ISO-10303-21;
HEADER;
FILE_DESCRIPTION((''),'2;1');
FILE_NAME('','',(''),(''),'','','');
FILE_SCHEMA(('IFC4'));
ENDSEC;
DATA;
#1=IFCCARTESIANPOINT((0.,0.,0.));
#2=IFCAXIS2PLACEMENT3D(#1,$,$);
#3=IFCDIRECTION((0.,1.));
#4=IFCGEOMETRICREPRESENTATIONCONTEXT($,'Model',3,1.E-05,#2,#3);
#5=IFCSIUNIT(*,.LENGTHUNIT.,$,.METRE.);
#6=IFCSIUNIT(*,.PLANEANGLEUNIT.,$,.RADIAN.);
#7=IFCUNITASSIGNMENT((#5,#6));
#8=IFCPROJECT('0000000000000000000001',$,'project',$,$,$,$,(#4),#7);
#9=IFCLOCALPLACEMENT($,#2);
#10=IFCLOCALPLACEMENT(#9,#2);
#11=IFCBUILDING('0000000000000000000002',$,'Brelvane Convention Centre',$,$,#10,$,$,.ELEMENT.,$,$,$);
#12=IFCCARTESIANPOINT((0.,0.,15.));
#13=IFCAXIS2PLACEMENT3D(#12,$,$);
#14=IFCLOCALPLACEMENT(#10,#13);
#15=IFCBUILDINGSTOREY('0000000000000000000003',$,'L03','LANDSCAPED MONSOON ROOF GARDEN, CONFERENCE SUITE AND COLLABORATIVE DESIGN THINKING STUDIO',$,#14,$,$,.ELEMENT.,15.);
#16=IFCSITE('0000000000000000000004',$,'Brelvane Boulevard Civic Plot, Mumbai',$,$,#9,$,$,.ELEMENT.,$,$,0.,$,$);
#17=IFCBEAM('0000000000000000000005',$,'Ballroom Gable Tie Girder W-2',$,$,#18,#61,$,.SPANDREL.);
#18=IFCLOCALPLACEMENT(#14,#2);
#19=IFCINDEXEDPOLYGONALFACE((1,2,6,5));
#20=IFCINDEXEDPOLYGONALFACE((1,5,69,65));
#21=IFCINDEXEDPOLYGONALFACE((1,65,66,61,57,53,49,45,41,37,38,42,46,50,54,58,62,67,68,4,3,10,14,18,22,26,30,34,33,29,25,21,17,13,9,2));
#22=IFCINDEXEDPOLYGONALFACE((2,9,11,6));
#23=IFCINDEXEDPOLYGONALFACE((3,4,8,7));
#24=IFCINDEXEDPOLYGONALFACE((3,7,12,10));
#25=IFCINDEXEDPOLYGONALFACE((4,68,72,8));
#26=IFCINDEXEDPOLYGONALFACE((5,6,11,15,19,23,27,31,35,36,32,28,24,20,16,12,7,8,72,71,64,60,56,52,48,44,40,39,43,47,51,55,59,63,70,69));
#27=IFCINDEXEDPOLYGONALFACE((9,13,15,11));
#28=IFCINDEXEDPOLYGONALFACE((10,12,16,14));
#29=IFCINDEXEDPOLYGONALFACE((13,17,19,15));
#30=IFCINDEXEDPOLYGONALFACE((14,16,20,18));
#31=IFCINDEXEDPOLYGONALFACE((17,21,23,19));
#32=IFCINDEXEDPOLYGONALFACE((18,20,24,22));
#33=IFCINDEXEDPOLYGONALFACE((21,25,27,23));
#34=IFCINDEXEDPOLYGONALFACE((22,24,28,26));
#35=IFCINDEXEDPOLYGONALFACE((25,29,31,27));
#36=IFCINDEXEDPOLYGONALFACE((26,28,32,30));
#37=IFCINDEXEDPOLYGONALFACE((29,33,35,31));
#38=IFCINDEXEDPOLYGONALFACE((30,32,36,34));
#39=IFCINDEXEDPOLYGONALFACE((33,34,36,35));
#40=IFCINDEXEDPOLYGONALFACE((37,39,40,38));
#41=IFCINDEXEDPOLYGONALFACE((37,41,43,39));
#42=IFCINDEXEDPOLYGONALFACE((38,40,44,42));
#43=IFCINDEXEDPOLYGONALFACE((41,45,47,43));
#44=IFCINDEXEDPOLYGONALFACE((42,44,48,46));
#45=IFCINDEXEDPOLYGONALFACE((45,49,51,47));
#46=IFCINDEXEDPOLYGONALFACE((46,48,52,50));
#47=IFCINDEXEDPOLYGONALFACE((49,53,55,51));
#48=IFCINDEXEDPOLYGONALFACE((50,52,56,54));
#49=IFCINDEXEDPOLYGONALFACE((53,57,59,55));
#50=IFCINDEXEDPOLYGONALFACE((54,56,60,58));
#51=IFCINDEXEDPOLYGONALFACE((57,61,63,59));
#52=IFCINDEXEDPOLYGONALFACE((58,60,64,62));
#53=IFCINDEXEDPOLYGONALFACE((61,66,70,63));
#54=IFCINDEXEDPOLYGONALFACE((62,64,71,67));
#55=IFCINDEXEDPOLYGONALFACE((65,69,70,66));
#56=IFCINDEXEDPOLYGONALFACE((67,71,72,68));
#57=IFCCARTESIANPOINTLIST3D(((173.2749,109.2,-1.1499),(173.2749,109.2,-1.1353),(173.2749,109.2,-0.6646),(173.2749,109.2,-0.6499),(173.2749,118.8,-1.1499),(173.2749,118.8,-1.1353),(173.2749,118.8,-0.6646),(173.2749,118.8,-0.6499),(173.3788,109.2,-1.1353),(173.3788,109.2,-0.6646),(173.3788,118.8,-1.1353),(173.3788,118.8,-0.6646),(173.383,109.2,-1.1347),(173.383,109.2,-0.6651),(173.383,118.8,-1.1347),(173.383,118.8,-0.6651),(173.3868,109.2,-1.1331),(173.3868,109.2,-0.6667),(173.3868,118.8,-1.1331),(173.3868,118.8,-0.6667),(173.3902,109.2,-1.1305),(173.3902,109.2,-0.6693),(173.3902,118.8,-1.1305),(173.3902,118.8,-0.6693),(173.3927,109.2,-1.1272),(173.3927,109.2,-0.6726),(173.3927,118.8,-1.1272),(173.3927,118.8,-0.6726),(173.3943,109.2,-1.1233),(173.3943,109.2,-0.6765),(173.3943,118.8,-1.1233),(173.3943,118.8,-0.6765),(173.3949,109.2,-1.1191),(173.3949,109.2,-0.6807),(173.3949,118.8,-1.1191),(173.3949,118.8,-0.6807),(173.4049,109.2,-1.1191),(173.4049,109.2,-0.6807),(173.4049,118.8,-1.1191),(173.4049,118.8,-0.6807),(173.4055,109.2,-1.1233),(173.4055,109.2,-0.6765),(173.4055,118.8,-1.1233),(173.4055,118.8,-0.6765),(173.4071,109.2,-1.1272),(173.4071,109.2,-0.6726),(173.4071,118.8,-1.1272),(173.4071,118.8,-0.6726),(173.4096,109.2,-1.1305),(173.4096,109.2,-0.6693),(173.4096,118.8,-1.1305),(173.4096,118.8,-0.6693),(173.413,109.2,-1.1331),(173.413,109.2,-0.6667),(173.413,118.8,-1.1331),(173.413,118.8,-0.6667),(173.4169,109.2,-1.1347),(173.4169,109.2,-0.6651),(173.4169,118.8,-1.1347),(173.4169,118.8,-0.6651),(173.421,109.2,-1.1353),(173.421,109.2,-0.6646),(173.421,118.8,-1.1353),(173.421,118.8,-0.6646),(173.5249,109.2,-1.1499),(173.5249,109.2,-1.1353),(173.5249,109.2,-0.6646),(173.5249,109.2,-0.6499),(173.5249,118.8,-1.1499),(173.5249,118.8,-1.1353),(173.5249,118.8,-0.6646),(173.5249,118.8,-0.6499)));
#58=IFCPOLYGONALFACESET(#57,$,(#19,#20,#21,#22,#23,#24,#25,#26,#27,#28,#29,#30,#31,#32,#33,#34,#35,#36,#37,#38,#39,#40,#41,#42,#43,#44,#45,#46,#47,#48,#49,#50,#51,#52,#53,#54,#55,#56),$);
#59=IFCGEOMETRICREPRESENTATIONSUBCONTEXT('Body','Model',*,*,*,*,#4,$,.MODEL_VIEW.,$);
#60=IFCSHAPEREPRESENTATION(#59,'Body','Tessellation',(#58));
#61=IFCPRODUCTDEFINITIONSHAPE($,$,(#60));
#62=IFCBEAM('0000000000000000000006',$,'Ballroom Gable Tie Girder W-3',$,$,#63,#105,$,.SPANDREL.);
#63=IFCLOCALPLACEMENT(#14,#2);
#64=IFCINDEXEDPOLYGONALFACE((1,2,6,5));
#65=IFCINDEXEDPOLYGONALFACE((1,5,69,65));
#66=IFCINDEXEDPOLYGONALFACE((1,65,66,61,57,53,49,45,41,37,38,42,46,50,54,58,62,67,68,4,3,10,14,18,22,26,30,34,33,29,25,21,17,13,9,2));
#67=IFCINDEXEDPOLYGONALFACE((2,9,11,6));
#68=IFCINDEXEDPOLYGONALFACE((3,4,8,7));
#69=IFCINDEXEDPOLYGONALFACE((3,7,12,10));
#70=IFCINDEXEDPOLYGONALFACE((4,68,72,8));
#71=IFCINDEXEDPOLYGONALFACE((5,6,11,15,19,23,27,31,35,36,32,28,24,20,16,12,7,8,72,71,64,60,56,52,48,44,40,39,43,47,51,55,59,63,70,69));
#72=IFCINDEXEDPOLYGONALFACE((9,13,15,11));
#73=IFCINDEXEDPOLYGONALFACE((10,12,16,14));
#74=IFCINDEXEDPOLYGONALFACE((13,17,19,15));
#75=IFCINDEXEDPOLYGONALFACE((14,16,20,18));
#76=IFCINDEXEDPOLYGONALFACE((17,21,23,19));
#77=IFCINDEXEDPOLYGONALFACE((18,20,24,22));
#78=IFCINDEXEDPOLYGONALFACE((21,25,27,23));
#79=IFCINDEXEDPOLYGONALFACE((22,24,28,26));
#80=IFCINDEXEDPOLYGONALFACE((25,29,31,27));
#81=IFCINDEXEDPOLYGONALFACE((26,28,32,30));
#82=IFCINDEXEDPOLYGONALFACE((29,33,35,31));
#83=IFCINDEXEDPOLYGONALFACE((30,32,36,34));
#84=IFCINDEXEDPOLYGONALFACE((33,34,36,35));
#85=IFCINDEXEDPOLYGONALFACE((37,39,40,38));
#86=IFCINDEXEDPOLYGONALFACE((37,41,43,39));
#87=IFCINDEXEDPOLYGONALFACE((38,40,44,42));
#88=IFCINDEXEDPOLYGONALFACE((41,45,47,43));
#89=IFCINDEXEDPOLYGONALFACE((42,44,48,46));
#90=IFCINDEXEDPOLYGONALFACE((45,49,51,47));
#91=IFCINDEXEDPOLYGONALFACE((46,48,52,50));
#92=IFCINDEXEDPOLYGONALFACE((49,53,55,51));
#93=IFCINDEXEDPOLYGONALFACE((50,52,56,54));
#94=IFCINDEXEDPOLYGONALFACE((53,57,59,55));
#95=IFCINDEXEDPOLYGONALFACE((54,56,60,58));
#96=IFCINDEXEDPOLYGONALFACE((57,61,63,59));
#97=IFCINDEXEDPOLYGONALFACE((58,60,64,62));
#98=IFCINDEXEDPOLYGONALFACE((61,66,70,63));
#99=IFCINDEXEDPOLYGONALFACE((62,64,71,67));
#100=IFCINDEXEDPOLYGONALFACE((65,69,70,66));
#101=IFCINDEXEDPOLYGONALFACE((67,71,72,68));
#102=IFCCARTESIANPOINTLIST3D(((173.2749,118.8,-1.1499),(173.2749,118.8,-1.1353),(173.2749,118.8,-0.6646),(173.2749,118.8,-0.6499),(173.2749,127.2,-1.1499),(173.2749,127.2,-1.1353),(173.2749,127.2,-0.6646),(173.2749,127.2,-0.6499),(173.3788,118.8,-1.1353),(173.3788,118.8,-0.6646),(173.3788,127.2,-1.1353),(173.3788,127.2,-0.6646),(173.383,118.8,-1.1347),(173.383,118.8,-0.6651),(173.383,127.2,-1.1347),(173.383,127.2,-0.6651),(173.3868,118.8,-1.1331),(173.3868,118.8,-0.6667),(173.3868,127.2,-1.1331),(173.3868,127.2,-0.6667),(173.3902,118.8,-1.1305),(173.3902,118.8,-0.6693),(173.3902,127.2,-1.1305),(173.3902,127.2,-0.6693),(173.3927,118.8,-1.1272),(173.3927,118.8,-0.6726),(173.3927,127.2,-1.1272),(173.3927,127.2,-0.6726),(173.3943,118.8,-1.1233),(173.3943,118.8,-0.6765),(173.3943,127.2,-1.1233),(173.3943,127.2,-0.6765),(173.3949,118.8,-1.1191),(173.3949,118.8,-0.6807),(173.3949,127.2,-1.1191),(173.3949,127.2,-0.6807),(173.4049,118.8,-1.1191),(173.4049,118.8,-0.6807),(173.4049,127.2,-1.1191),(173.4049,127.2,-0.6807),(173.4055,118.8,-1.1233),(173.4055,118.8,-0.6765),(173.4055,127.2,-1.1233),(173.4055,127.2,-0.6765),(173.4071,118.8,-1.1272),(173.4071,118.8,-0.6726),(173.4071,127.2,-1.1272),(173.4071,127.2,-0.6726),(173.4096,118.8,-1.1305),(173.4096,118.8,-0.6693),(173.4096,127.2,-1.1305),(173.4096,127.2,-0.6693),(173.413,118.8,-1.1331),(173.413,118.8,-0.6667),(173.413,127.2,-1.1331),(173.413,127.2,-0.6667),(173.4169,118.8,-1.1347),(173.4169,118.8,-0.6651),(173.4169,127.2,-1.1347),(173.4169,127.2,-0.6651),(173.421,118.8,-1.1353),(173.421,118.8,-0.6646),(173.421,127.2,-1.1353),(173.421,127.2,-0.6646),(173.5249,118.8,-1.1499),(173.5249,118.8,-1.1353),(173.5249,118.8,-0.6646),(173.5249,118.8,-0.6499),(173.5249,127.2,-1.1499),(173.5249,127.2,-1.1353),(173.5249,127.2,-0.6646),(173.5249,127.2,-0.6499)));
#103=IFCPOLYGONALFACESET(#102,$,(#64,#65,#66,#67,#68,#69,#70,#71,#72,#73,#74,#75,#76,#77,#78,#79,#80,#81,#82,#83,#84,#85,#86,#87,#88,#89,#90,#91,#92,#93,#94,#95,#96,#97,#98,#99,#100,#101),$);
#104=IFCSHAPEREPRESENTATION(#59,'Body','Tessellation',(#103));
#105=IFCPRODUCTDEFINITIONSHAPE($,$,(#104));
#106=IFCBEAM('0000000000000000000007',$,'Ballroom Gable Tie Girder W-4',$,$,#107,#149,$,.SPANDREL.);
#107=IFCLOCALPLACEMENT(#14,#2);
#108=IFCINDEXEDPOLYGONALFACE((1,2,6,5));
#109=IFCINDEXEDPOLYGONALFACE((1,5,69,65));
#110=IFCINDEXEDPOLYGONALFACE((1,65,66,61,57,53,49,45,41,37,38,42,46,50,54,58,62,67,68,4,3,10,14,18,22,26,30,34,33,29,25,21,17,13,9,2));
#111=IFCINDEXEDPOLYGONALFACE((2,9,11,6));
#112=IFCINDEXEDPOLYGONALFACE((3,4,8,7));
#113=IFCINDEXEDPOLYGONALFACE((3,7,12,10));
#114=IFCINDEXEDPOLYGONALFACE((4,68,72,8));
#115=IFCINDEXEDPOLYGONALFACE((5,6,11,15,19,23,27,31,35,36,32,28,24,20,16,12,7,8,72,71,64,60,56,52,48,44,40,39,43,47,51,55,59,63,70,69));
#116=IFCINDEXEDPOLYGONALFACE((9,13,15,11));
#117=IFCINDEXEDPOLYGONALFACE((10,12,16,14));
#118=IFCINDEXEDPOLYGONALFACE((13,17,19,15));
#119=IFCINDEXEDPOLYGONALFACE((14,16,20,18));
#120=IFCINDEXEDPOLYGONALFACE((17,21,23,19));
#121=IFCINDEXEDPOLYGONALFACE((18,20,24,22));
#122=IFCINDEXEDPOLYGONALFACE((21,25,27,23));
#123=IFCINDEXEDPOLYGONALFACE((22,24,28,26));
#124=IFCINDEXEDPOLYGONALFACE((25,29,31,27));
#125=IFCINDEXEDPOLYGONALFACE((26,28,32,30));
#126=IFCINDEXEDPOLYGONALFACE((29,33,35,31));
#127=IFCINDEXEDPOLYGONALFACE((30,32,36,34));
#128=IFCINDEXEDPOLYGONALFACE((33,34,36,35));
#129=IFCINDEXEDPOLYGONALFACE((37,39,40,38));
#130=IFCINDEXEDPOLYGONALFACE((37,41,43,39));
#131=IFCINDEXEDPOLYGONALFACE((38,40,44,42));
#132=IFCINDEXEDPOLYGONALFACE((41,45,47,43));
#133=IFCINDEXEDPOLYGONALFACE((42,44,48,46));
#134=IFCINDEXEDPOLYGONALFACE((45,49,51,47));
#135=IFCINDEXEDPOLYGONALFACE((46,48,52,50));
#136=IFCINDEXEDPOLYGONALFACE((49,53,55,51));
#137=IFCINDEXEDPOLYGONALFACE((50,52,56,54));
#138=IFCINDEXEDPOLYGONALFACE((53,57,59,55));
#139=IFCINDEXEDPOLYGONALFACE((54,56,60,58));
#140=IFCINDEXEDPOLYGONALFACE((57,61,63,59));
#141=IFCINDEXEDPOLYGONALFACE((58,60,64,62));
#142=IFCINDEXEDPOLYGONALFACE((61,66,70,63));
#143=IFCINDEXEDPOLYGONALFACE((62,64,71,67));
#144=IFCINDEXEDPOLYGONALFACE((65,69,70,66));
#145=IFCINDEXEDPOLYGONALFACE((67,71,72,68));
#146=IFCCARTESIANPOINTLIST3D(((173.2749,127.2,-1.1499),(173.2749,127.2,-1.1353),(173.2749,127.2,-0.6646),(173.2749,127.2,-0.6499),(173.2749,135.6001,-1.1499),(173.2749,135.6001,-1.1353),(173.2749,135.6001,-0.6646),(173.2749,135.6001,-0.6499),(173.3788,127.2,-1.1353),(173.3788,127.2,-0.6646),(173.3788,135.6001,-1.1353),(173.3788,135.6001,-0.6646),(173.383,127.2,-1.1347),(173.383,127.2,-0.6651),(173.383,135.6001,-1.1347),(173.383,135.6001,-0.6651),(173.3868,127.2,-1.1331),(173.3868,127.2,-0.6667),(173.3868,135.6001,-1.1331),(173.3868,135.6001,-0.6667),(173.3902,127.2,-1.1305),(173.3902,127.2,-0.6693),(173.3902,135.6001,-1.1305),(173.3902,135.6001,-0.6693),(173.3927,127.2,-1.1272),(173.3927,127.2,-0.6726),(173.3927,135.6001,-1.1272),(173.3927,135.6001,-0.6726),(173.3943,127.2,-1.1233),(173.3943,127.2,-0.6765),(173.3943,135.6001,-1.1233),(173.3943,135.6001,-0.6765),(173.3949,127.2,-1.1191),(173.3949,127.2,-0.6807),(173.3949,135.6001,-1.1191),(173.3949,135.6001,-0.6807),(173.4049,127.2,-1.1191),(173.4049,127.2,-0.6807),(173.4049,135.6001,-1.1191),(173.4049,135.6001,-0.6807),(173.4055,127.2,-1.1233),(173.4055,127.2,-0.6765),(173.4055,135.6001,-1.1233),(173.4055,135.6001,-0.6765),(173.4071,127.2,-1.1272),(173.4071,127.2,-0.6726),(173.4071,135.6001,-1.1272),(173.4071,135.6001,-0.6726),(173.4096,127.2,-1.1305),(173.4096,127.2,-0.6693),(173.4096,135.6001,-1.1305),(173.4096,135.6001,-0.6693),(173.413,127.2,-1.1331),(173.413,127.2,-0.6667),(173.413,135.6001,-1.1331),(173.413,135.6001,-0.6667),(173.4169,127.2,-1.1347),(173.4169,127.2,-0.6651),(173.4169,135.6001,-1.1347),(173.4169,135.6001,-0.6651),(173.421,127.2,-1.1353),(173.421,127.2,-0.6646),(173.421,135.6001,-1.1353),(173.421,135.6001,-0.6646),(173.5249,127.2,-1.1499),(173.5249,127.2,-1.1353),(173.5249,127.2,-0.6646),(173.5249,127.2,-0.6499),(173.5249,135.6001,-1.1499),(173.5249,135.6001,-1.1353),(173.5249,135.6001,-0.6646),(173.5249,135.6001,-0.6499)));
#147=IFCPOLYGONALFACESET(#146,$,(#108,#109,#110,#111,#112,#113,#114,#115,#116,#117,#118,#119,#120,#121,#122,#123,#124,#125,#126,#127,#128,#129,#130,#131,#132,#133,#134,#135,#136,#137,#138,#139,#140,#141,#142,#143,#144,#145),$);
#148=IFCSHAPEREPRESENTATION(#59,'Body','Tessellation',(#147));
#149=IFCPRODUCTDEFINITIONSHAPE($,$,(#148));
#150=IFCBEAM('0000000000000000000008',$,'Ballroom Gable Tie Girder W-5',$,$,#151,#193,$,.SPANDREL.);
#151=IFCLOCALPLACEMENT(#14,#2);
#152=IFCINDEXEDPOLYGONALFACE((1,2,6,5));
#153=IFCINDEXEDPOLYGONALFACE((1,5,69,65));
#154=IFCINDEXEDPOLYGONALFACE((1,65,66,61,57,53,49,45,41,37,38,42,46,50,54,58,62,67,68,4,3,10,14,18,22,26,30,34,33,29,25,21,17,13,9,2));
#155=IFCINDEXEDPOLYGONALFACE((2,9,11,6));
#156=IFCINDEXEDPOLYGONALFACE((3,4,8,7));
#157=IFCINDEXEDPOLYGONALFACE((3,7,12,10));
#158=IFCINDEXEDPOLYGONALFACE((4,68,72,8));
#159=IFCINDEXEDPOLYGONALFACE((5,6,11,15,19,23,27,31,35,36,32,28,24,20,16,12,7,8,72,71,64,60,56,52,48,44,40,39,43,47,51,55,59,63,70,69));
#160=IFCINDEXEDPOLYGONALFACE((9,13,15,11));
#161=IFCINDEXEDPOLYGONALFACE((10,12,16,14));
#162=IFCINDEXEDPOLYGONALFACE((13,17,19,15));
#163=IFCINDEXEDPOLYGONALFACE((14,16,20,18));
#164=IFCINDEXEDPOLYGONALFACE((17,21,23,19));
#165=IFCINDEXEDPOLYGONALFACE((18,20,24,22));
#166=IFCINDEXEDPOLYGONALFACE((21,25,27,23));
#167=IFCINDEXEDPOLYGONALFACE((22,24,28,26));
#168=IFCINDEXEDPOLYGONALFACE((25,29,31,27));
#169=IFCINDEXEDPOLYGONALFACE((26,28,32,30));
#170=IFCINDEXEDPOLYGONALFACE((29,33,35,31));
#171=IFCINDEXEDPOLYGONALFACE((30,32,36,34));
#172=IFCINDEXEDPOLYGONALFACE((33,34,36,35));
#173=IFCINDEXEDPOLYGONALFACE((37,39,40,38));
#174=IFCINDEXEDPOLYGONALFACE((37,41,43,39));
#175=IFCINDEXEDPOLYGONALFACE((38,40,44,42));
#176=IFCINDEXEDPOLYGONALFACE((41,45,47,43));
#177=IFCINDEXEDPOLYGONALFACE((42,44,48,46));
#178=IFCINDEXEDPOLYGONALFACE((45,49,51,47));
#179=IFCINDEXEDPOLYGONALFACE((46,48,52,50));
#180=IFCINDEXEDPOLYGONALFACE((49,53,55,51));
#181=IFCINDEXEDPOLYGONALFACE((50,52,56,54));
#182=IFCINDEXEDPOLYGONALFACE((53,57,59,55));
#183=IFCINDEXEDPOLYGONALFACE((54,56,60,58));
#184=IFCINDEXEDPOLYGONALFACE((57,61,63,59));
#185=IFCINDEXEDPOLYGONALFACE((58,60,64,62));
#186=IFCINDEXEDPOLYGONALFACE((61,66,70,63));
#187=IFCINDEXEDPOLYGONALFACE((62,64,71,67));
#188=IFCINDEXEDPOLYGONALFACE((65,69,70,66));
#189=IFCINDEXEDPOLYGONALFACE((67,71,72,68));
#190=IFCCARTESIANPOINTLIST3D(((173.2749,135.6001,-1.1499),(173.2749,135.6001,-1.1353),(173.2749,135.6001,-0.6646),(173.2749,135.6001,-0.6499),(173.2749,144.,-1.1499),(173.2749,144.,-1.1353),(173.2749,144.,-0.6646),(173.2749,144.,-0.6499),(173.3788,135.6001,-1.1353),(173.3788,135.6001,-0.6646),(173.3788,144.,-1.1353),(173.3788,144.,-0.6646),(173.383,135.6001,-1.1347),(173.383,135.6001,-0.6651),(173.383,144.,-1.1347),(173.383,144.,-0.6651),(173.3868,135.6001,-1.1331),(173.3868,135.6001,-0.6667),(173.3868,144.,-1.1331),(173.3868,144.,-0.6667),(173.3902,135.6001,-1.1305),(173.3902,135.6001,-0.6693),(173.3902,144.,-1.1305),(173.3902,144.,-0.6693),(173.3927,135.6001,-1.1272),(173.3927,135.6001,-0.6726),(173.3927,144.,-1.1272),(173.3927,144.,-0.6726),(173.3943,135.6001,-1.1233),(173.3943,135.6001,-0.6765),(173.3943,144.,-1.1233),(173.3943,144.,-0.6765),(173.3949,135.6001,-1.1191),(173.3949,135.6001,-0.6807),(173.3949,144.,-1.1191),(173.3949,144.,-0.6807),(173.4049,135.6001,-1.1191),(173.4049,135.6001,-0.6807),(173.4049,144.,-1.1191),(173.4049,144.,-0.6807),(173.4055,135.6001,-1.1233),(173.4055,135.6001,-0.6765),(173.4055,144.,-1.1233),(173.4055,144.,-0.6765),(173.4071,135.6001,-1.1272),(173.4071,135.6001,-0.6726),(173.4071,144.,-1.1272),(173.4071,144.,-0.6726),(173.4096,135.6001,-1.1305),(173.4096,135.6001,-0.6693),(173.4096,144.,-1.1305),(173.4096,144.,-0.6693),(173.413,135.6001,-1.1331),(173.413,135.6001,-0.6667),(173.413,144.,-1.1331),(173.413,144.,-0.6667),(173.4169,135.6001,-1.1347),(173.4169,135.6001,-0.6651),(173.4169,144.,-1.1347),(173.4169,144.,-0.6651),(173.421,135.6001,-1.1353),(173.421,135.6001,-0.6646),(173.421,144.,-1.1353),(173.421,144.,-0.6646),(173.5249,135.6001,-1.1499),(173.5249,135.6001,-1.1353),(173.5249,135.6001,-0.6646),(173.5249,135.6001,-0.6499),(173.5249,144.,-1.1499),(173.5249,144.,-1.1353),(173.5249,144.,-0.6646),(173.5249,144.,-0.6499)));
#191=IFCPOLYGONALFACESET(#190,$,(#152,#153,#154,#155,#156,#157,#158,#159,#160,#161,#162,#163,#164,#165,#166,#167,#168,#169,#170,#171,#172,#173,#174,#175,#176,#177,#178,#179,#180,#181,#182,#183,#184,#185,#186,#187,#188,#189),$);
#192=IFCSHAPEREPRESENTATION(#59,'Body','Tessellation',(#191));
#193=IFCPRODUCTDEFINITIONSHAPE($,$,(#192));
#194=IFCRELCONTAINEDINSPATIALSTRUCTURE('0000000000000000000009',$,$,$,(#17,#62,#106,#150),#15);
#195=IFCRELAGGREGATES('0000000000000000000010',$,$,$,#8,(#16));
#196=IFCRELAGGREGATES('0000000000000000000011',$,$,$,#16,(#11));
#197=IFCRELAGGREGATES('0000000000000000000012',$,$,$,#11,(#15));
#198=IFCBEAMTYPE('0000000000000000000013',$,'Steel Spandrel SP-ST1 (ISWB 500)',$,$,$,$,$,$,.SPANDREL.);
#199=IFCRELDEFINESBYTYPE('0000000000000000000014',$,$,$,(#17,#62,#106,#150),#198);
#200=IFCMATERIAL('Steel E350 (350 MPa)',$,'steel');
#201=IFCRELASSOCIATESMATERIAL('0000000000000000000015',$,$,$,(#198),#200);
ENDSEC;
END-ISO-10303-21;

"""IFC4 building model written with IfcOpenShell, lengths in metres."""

from ifc_helpers import new_model, si_unit, direction, frame, origin, origin_2d, place, context, subcontext, project, spatial, i_section, extrude, material, material_profile, profile_set, type_object, element, save


model = new_model("IFC4")

# Units and contexts
model_context = context("Model", 3, precision=1e-05, world=origin(), true_north=direction((0.0, 1.0)))
body_context = subcontext(model_context, "Body", "Model", "MODEL_VIEW")
ifc_project = project(units=[si_unit("LENGTHUNIT", "METRE"), si_unit("PLANEANGLEUNIT", "RADIAN")], contexts=[model_context])

# Site, building, storey
site_placement = place(None, origin())
site = spatial("IfcSite", under=ifc_project, at=site_placement, Name="Brelvane Boulevard Civic Plot, Mumbai", CompositionType="ELEMENT", RefElevation=0.0)
building_placement = place(site_placement, origin())
building = spatial("IfcBuilding", under=site, at=building_placement, Name="Brelvane Convention Centre", CompositionType="ELEMENT")
storey_placement = place(building_placement, frame((0.0, 0.0, 15.0)))
storey = spatial("IfcBuildingStorey", under=building, at=storey_placement, Name="L03", Description="LANDSCAPED MONSOON ROOF GARDEN, CONFERENCE SUITE AND COLLABORATIVE DESIGN THINKING STUDIO", CompositionType="ELEMENT", Elevation=15.0)

# Beams
ifc_material_1 = material(Name="Steel E350 (350 MPa)", Category="steel")
ifc_material_profile_1 = material_profile(ifc_material_1, i_section(OverallWidth=0.25, OverallDepth=0.5, WebThickness=0.01, FlangeThickness=0.0146, FilletRadius=0.0161, at=origin_2d()), Name="ISWB 500")
ifc_profile_set_1 = profile_set([ifc_material_profile_1], Name="Steel E350 (350 MPa)")
beam_type_1 = type_object("IfcBeamType", Name="Steel Spandrel SP-ST1 (ISWB 500)", PredefinedType="SPANDREL", material=ifc_profile_set_1)
beam_1_placement = place(storey_placement, frame((173.3999, 109.2, -0.8999), z_axis=(0.0, 1.0, 0.0), x_axis=(-1.0, 0.0, 0.0)))
element("IfcBeam", 1, at=beam_1_placement, inside=storey, type_object=beam_type_1, Name="Ballroom Gable Tie Girder W-2", PredefinedType="SPANDREL", context=body_context, shape_type="SweptSolid", body=[
    extrude(i_section(OverallWidth=0.25, OverallDepth=0.5, WebThickness=0.01, FlangeThickness=0.0146, FilletRadius=0.0161, at=origin_2d()), origin(), (0.0, 0.0, 1.0), 9.6001),
])
beam_2_placement = place(storey_placement, frame((173.3999, 118.8, -0.8999), z_axis=(0.0, 1.0, 0.0), x_axis=(-1.0, 0.0, 0.0)))
element("IfcBeam", 2, at=beam_2_placement, inside=storey, type_object=beam_type_1, Name="Ballroom Gable Tie Girder W-3", PredefinedType="SPANDREL", context=body_context, shape_type="SweptSolid", body=[
    extrude(i_section(OverallWidth=0.25, OverallDepth=0.5, WebThickness=0.01, FlangeThickness=0.0146, FilletRadius=0.0161, at=origin_2d()), origin(), (0.0, 0.0, 1.0), 8.3999),
])
beam_3_placement = place(storey_placement, frame((173.3999, 127.2, -0.8999), z_axis=(0.0, 1.0, 0.0), x_axis=(-1.0, 0.0, 0.0)))
element("IfcBeam", 3, at=beam_3_placement, inside=storey, type_object=beam_type_1, Name="Ballroom Gable Tie Girder W-4", PredefinedType="SPANDREL", context=body_context, shape_type="SweptSolid", body=[
    extrude(i_section(OverallWidth=0.25, OverallDepth=0.5, WebThickness=0.01, FlangeThickness=0.0146, FilletRadius=0.0161, at=origin_2d()), origin(), (0.0, 0.0, 1.0), 8.4001),
])
beam_4_placement = place(storey_placement, frame((173.3999, 135.6001, -0.8999), z_axis=(0.0, 1.0, 0.0), x_axis=(-1.0, 0.0, 0.0)))
element("IfcBeam", 4, at=beam_4_placement, inside=storey, type_object=beam_type_1, Name="Ballroom Gable Tie Girder W-5", PredefinedType="SPANDREL", context=body_context, shape_type="SweptSolid", body=[
    extrude(i_section(OverallWidth=0.25, OverallDepth=0.5, WebThickness=0.01, FlangeThickness=0.0146, FilletRadius=0.0161, at=origin_2d()), origin(), (0.0, 0.0, 1.0), 8.3999),
])

save(model, "model.ifc")
